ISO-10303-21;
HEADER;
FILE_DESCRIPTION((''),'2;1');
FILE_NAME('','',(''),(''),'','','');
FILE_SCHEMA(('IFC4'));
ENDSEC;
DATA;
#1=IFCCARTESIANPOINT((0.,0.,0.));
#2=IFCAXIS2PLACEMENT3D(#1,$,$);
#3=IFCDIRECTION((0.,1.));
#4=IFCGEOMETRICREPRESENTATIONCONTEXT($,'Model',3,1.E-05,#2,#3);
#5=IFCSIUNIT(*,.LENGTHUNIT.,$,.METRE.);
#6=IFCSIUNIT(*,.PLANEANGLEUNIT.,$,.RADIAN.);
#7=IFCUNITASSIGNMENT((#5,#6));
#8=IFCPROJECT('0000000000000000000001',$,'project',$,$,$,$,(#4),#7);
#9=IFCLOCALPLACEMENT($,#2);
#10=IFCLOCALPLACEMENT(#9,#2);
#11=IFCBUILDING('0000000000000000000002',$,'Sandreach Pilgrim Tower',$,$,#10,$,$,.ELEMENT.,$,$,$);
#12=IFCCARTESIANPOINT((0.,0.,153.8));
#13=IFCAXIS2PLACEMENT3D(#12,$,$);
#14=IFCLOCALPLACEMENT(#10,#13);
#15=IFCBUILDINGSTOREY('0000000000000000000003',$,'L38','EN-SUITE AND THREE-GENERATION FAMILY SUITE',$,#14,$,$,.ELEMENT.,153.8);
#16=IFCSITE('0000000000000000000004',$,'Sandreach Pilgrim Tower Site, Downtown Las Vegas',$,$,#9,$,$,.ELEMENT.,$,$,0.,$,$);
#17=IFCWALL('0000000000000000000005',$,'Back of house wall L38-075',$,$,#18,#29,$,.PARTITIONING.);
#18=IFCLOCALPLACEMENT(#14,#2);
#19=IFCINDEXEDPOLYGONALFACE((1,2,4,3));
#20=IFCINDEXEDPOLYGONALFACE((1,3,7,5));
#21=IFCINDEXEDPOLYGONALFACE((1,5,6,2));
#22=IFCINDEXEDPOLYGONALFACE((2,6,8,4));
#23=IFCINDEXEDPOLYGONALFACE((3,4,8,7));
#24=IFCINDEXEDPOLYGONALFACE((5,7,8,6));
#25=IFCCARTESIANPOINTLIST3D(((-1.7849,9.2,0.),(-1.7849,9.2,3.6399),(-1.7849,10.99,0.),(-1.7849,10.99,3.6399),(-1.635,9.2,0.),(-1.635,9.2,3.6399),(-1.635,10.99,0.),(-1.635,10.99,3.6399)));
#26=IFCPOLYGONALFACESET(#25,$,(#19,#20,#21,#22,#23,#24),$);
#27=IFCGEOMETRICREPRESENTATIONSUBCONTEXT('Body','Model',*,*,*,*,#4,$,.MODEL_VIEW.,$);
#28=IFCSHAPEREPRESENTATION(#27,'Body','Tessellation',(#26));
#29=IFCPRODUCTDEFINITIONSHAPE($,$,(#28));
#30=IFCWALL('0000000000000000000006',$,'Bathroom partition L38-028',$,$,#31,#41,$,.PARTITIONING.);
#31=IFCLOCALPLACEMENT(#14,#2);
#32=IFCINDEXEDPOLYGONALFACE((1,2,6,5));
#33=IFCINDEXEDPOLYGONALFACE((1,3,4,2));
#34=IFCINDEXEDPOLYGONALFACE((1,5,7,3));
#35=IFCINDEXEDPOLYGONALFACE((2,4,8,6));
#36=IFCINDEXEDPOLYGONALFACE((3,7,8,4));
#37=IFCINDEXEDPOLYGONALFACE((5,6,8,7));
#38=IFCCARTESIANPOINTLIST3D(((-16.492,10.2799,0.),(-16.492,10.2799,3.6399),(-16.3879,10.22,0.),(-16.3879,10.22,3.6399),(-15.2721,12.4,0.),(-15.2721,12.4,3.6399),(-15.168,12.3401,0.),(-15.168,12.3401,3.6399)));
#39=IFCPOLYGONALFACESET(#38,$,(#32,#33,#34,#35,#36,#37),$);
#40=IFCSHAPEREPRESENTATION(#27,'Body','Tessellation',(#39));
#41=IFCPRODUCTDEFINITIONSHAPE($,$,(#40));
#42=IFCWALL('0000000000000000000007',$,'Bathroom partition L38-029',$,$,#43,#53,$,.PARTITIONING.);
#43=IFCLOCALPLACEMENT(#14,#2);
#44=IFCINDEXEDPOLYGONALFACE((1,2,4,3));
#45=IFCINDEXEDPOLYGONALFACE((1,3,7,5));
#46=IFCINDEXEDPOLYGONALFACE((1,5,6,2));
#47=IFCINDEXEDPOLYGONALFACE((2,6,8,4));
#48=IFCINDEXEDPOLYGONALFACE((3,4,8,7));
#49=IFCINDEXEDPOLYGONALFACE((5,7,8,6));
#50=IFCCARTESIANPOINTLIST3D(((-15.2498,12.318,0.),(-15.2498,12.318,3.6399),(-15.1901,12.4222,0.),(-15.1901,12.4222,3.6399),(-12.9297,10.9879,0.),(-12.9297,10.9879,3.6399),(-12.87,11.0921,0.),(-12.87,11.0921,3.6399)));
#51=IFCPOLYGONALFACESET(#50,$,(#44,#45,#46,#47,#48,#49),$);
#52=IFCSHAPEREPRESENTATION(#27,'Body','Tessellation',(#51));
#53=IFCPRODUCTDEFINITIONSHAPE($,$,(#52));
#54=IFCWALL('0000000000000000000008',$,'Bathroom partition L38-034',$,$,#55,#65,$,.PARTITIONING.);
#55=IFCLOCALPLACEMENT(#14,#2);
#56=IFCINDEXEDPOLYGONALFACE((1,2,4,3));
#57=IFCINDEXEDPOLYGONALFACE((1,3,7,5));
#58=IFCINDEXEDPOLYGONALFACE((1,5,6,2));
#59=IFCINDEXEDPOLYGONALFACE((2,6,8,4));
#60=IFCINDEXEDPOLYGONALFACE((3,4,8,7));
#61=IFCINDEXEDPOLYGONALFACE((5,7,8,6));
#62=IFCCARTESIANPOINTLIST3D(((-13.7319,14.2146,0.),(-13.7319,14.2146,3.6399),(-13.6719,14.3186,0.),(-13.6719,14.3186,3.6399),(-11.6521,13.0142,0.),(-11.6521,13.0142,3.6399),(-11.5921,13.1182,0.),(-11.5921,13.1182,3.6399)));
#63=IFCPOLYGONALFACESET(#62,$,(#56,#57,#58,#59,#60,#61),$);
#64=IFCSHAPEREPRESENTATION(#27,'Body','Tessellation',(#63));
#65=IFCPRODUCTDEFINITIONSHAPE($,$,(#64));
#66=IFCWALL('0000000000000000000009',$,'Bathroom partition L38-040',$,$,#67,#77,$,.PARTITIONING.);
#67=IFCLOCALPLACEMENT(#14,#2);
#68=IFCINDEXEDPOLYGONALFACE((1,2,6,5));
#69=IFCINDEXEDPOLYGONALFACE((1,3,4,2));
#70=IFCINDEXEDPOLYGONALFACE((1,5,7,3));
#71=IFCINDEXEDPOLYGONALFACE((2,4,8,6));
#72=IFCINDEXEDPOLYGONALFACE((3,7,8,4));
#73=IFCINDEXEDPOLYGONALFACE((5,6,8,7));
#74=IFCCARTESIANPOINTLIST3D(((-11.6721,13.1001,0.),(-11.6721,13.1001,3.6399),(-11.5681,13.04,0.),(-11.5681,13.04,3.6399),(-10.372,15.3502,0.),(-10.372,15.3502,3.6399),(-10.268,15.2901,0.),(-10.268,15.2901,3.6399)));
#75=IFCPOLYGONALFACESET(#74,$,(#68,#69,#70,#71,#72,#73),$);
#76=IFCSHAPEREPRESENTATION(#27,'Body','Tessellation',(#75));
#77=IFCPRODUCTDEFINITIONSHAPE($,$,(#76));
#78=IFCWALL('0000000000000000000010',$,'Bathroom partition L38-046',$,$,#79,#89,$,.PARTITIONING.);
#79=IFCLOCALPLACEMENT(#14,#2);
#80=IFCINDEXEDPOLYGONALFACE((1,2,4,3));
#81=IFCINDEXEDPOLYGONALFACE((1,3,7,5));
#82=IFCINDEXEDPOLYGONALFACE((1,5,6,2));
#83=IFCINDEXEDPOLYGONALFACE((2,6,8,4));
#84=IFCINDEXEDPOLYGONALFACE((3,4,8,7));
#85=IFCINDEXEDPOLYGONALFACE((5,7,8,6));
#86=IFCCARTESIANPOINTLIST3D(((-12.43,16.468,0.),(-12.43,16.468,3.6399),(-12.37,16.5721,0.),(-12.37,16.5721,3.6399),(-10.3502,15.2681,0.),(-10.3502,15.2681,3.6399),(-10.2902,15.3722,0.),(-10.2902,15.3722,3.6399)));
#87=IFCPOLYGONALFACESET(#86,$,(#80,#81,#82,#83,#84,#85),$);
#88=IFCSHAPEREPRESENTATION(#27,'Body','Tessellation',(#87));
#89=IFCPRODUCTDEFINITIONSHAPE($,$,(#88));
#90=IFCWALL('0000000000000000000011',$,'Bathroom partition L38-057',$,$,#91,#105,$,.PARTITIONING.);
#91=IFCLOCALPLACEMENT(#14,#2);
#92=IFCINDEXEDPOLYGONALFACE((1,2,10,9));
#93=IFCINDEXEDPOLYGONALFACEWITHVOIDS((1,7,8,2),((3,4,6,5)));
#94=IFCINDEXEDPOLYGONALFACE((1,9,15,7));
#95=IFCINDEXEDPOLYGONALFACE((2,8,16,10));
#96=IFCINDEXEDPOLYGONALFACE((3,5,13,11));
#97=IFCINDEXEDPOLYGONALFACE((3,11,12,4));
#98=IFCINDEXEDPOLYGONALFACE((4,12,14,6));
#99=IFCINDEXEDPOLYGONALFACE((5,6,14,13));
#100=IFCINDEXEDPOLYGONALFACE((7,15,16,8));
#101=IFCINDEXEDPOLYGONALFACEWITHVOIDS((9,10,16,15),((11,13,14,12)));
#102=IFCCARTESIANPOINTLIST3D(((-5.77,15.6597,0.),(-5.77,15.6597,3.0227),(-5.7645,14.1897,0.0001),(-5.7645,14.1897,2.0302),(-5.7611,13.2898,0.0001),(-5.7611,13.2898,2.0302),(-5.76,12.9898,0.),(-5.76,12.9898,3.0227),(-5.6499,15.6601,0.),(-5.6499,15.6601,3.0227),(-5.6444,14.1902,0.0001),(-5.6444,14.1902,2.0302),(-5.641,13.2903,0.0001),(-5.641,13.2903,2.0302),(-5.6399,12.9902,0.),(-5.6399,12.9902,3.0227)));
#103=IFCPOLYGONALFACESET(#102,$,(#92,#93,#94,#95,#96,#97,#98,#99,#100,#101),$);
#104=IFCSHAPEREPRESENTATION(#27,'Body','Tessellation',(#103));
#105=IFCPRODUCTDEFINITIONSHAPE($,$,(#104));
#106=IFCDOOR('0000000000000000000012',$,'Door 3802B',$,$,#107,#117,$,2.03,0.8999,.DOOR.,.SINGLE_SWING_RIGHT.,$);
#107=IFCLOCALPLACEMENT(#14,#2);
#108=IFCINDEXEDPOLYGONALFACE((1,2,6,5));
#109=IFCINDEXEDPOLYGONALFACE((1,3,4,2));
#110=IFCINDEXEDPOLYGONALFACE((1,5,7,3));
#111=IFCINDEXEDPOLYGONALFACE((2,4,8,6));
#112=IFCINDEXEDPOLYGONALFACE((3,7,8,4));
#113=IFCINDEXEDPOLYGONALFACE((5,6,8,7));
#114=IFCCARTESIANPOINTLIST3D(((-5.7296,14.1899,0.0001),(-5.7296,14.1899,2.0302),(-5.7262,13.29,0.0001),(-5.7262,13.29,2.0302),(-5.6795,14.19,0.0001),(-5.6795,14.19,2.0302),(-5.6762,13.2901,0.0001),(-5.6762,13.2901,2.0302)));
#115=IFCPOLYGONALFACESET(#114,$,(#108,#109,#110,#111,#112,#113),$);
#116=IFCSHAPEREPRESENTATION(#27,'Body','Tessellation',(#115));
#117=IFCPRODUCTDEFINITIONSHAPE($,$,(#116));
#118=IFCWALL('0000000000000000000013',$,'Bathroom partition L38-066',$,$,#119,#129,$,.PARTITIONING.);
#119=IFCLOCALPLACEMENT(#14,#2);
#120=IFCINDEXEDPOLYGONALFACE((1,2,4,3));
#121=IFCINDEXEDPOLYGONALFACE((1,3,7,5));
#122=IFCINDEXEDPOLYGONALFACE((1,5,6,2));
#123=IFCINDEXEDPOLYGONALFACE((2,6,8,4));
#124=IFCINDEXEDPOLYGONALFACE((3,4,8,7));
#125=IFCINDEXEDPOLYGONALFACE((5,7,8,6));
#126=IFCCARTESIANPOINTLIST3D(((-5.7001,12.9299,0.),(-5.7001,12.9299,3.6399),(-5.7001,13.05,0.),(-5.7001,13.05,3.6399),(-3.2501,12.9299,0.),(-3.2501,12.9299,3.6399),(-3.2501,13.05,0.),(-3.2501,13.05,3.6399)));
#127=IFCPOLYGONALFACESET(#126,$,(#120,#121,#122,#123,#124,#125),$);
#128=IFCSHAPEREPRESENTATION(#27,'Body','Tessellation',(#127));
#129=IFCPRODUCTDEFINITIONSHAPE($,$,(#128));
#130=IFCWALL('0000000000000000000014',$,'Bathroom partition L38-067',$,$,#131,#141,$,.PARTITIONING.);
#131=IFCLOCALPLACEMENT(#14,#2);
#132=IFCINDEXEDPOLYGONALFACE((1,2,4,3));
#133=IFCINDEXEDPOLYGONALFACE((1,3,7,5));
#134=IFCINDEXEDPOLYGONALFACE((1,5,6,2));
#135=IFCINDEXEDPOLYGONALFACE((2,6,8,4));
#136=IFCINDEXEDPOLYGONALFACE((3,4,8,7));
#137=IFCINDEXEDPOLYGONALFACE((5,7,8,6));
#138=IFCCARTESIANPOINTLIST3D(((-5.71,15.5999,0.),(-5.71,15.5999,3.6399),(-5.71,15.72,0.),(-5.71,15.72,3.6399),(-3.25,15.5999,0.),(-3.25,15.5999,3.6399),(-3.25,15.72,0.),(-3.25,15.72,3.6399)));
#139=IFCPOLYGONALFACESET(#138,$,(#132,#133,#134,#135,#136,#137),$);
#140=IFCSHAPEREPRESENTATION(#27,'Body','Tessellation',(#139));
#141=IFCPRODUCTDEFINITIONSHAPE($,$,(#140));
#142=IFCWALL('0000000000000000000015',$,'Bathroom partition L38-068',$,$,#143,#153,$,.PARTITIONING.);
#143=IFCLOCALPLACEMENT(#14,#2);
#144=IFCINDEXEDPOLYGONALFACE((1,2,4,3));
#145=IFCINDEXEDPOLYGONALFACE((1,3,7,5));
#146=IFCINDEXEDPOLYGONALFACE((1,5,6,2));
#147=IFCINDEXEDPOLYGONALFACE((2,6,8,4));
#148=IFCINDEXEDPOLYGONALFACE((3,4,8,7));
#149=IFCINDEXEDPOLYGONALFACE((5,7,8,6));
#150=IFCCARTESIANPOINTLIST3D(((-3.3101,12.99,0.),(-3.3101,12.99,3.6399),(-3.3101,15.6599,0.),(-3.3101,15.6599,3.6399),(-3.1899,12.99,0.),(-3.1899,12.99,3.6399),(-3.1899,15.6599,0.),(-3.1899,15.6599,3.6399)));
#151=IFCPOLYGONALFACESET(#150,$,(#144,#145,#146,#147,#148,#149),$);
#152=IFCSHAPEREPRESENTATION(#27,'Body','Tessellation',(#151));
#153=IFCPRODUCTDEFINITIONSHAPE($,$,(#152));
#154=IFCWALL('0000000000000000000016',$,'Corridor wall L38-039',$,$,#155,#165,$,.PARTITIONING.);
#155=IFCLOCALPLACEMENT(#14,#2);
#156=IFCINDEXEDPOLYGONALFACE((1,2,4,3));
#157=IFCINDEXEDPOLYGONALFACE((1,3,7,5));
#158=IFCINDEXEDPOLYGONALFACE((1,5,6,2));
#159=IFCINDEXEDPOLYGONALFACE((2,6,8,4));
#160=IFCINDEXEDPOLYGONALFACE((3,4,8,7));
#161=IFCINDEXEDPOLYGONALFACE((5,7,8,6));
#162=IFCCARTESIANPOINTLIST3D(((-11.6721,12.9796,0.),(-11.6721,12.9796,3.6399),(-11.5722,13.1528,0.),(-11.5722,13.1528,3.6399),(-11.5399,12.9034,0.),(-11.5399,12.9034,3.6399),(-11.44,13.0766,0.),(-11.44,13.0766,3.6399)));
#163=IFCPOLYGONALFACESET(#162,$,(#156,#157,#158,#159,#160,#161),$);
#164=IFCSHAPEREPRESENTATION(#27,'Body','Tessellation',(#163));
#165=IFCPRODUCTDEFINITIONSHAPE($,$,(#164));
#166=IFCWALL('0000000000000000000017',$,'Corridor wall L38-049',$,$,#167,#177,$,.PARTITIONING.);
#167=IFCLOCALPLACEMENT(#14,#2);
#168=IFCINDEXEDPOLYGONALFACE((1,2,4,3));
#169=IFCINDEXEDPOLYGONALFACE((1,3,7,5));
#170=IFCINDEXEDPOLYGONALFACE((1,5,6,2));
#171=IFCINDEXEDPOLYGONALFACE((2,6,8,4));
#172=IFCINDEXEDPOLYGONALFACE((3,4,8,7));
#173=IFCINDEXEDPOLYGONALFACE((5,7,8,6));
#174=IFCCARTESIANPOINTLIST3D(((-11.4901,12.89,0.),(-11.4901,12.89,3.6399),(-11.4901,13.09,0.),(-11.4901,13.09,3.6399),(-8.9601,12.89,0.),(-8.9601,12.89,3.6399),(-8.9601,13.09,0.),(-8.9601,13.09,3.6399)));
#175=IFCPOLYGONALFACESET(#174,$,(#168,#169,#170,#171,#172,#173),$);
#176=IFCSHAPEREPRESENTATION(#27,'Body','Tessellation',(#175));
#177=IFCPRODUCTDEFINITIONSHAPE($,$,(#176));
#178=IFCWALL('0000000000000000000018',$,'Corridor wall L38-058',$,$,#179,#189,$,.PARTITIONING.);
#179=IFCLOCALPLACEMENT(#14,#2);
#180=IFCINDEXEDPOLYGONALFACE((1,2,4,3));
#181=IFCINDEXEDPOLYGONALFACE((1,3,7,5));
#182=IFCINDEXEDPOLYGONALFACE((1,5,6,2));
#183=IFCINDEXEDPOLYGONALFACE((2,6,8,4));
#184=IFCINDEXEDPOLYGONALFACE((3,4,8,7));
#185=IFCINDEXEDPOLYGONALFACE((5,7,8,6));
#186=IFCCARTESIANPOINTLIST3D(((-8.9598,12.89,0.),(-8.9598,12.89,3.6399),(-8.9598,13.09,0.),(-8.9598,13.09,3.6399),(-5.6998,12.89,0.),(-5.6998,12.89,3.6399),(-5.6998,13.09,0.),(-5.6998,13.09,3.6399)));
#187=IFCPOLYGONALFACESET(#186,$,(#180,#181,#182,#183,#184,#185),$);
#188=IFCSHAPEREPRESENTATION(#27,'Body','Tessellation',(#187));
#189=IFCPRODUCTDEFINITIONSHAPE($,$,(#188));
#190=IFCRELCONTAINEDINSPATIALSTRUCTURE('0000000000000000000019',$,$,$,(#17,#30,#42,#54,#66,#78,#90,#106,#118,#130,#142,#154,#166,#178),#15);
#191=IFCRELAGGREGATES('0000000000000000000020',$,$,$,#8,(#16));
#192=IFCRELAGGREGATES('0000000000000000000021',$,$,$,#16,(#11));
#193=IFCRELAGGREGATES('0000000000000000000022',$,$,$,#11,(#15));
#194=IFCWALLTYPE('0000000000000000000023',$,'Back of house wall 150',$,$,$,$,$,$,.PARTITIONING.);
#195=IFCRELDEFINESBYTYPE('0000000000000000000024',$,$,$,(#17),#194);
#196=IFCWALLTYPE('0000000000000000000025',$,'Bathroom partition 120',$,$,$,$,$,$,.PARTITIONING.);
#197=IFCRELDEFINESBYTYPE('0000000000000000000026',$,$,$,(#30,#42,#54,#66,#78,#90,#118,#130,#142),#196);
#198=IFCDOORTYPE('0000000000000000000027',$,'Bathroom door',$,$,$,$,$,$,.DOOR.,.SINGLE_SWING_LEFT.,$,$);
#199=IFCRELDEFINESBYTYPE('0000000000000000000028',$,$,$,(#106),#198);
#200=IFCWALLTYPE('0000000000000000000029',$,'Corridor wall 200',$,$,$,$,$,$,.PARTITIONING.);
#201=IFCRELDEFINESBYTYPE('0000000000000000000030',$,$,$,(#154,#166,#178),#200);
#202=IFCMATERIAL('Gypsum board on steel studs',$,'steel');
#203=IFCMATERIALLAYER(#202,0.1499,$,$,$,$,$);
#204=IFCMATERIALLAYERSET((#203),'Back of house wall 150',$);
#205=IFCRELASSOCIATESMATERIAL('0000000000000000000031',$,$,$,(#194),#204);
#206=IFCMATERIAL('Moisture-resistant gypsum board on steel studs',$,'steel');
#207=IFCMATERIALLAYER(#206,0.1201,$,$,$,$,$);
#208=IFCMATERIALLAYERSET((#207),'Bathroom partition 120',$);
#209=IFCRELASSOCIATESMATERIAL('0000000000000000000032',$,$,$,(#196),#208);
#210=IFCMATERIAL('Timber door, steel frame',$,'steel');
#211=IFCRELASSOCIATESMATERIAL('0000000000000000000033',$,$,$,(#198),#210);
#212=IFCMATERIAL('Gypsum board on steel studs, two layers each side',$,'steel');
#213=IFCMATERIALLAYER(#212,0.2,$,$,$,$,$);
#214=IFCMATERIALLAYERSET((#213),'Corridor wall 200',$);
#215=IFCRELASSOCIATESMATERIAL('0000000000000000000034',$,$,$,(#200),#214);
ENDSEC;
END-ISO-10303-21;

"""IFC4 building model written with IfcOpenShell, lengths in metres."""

from ifc_helpers import new_model, si_unit, direction, frame, frame_2d, origin, place, context, subcontext, project, spatial, rectangle, extrude, material, layer, layer_set, type_object, element, fill, save


model = new_model("IFC4")

# Units and contexts
model_context = context("Model", 3, precision=1e-05, world=origin(), true_north=direction((0.0, 1.0)))
body_context = subcontext(model_context, "Body", "Model", "MODEL_VIEW")
ifc_project = project(units=[si_unit("LENGTHUNIT", "METRE"), si_unit("PLANEANGLEUNIT", "RADIAN")], contexts=[model_context])

# Site, building, storey
site_placement = place(None, origin())
site = spatial("IfcSite", under=ifc_project, at=site_placement, Name="Sandreach Pilgrim Tower Site, Downtown Las Vegas", CompositionType="ELEMENT", RefElevation=0.0)
building_placement = place(site_placement, origin())
building = spatial("IfcBuilding", under=site, at=building_placement, Name="Sandreach Pilgrim Tower", CompositionType="ELEMENT")
storey_placement = place(building_placement, frame((0.0, 0.0, 153.8)))
storey = spatial("IfcBuildingStorey", under=building, at=storey_placement, Name="L38", Description="EN-SUITE AND THREE-GENERATION FAMILY SUITE", CompositionType="ELEMENT", Elevation=153.8)

# Walls
ifc_material_1 = material(Name="Gypsum board on steel studs", Category="steel")
ifc_layer_1 = layer(ifc_material_1, 0.1499)
ifc_layer_set_1 = layer_set([ifc_layer_1], Name="Back of house wall 150")
wall_type_1 = type_object("IfcWallType", Name="Back of house wall 150", PredefinedType="PARTITIONING", material=ifc_layer_set_1)
wall_1_placement = place(storey_placement, frame((-1.71, 10.99, 0.0), z_axis=(0.0, 0.0, 1.0), x_axis=(0.0, -1.0, 0.0)))
element("IfcWall", 1, at=wall_1_placement, inside=storey, type_object=wall_type_1, Name="Back of house wall L38-075", PredefinedType="PARTITIONING", context=body_context, shape_type="SweptSolid", body=[
    extrude(rectangle(XDim=1.79, YDim=0.1499, at=frame_2d((0.895, 0.0))), origin(), (0.0, 0.0, 1.0), 3.6399),
])
ifc_material_2 = material(Name="Moisture-resistant gypsum board on steel studs", Category="steel")
ifc_layer_2 = layer(ifc_material_2, 0.1201)
ifc_layer_set_2 = layer_set([ifc_layer_2], Name="Bathroom partition 120")
wall_type_2 = type_object("IfcWallType", Name="Bathroom partition 120", PredefinedType="PARTITIONING", material=ifc_layer_set_2)
wall_2_placement = place(storey_placement, frame((-15.22, 12.3701, 0.0), z_axis=(0.0, 0.0, 1.0), x_axis=(-0.498749, -0.866747, 0.0)))
element("IfcWall", 2, at=wall_2_placement, inside=storey, type_object=wall_type_2, Name="Bathroom partition L38-028", PredefinedType="PARTITIONING", context=body_context, shape_type="SweptSolid", body=[
    extrude(rectangle(XDim=2.446, YDim=0.1201, at=frame_2d((1.2231, 0.0))), origin(), (0.0, 0.0, 1.0), 3.6399),
])
wall_3_placement = place(storey_placement, frame((-15.22, 12.3701, 0.0), z_axis=(0.0, 0.0, 1.0), x_axis=(0.867546, -0.497358, 0.0)))
element("IfcWall", 3, at=wall_3_placement, inside=storey, type_object=wall_type_2, Name="Bathroom partition L38-029", PredefinedType="PARTITIONING", context=body_context, shape_type="SweptSolid", body=[
    extrude(rectangle(XDim=2.6743, YDim=0.1201, at=frame_2d((1.3372, 0.0))), origin(), (0.0, 0.0, 1.0), 3.6399),
])
wall_4_placement = place(storey_placement, frame((-13.7019, 14.2666, 0.0), z_axis=(0.0, 0.0, 1.0), x_axis=(0.866089, -0.49989, 0.0)))
element("IfcWall", 4, at=wall_4_placement, inside=storey, type_object=wall_type_2, Name="Bathroom partition L38-034", PredefinedType="PARTITIONING", context=body_context, shape_type="SweptSolid", body=[
    extrude(rectangle(XDim=2.4014, YDim=0.1201, at=frame_2d((1.2007, 0.0))), origin(), (0.0, 0.0, 1.0), 3.6399),
])
wall_5_placement = place(storey_placement, frame((-11.6201, 13.0701, 0.0), z_axis=(0.0, 0.0, 1.0), x_axis=(0.500292, 0.865857, 0.0)))
element("IfcWall", 5, at=wall_5_placement, inside=storey, type_object=wall_type_2, Name="Bathroom partition L38-040", PredefinedType="PARTITIONING", context=body_context, shape_type="SweptSolid", body=[
    extrude(rectangle(XDim=2.5986, YDim=0.1201, at=frame_2d((1.2993, 0.0))), origin(), (0.0, 0.0, 1.0), 3.6399),
])
wall_6_placement = place(storey_placement, frame((-10.3201, 15.3201, 0.0), z_axis=(0.0, 0.0, 1.0), x_axis=(-0.866177, 0.499737, 0.0)))
element("IfcWall", 6, at=wall_6_placement, inside=storey, type_object=wall_type_2, Name="Bathroom partition L38-046", PredefinedType="PARTITIONING", context=body_context, shape_type="SweptSolid", body=[
    extrude(rectangle(XDim=2.4011, YDim=0.1201, at=frame_2d((1.2007, 0.0))), origin(), (0.0, 0.0, 1.0), 3.6399),
])

# Wall, opening, door
wall_7_placement = place(storey_placement, frame((-5.71, 15.6599, 0.0), z_axis=(0.0, 0.0, 1.0), x_axis=(0.003749, -0.999993, 0.0)))
wall_7 = element("IfcWall", 7, at=wall_7_placement, inside=storey, type_object=wall_type_2, Name="Bathroom partition L38-057", PredefinedType="PARTITIONING", context=body_context, shape_type="SweptSolid", body=[
    extrude(rectangle(XDim=2.6699, YDim=0.1201, at=frame_2d((1.335, 0.0))), origin(), (0.0, 0.0, 1.0), 3.0227),
])
opening_1_placement = place(wall_7_placement, frame((1.47, 0.0, 0.0)))
opening_1 = element("IfcOpeningElement", 8, at=opening_1_placement, cuts=wall_7, PredefinedType="OPENING", context=body_context, shape_type="SweptSolid", body=[
    extrude(rectangle(XDim=0.8999, YDim=2.03, at=frame_2d((0.45, 1.0151))), frame((0.0, 0.0601, 0.0), z_axis=(0.0, -1.0, 0.0), x_axis=(1.0, 0.0, 0.0)), (0.0, 0.0, 1.0), 0.1201),
])
ifc_material_3 = material(Name="Timber door, steel frame", Category="steel")
door_type_1 = type_object("IfcDoorType", Name="Bathroom door", OperationType="SINGLE_SWING_LEFT", PredefinedType="DOOR", material=ifc_material_3)
door_1_placement = place(opening_1_placement, origin())
door_1 = element("IfcDoor", 9, at=door_1_placement, inside=storey, type_object=door_type_1, Name="Door 3802B", OperationType="SINGLE_SWING_RIGHT", OverallHeight=2.03, OverallWidth=0.8999, PredefinedType="DOOR", context=body_context, shape_type="SweptSolid", body=[
    extrude(rectangle(XDim=0.8999, YDim=2.03, at=frame_2d((0.45, 1.0151))), frame((0.0, 0.0249, 0.0), z_axis=(0.0, -1.0, 0.0), x_axis=(1.0, 0.0, 0.0)), (0.0, 0.0, 1.0), 0.05),
])
fill(opening_1, door_1)

# Walls
wall_8_placement = place(storey_placement, frame((-3.25, 12.99, 0.0), z_axis=(0.0, 0.0, 1.0), x_axis=(-1.0, 0.0, 0.0)))
element("IfcWall", 10, at=wall_8_placement, inside=storey, type_object=wall_type_2, Name="Bathroom partition L38-066", PredefinedType="PARTITIONING", context=body_context, shape_type="SweptSolid", body=[
    extrude(rectangle(XDim=2.45, YDim=0.1201, at=frame_2d((1.2251, 0.0))), origin(), (0.0, 0.0, 1.0), 3.6399),
])
wall_9_placement = place(storey_placement, frame((-3.25, 15.6599, 0.0), z_axis=(0.0, 0.0, 1.0), x_axis=(-1.0, 0.0, 0.0)))
element("IfcWall", 11, at=wall_9_placement, inside=storey, type_object=wall_type_2, Name="Bathroom partition L38-067", PredefinedType="PARTITIONING", context=body_context, shape_type="SweptSolid", body=[
    extrude(rectangle(XDim=2.46, YDim=0.1201, at=frame_2d((1.23, 0.0))), origin(), (0.0, 0.0, 1.0), 3.6399),
])
wall_10_placement = place(storey_placement, frame((-3.25, 15.6599, 0.0), z_axis=(0.0, 0.0, 1.0), x_axis=(0.0, -1.0, 0.0)))
element("IfcWall", 12, at=wall_10_placement, inside=storey, type_object=wall_type_2, Name="Bathroom partition L38-068", PredefinedType="PARTITIONING", context=body_context, shape_type="SweptSolid", body=[
    extrude(rectangle(XDim=2.6699, YDim=0.1201, at=frame_2d((1.335, 0.0))), origin(), (0.0, 0.0, 1.0), 3.6399),
])
ifc_material_4 = material(Name="Gypsum board on steel studs, two layers each side", Category="steel")
ifc_layer_3 = layer(ifc_material_4, 0.2)
ifc_layer_set_3 = layer_set([ifc_layer_3], Name="Corridor wall 200")
wall_type_3 = type_object("IfcWallType", Name="Corridor wall 200", PredefinedType="PARTITIONING", material=ifc_layer_set_3)
wall_11_placement = place(storey_placement, frame((-11.6221, 13.0662, 0.0), z_axis=(0.0, 0.0, 1.0), x_axis=(0.866266, -0.499584, 0.0)))
element("IfcWall", 13, at=wall_11_placement, inside=storey, type_object=wall_type_3, Name="Corridor wall L38-039", PredefinedType="PARTITIONING", context=body_context, shape_type="SweptSolid", body=[
    extrude(rectangle(XDim=0.1526, YDim=0.2, at=frame_2d((0.0762, 0.0))), origin(), (0.0, 0.0, 1.0), 3.6399),
])
wall_12_placement = place(storey_placement, frame((-8.96, 12.99, 0.0), z_axis=(0.0, 0.0, 1.0), x_axis=(-1.0, 0.0, 0.0)))
element("IfcWall", 14, at=wall_12_placement, inside=storey, type_object=wall_type_3, Name="Corridor wall L38-049", PredefinedType="PARTITIONING", context=body_context, shape_type="SweptSolid", body=[
    extrude(rectangle(XDim=2.53, YDim=0.2, at=frame_2d((1.2651, 0.0))), origin(), (0.0, 0.0, 1.0), 3.6399),
])

# Wall
wall_13_placement = place(storey_placement, frame((-5.7, 12.99, 0.0), z_axis=(0.0, 0.0, 1.0), x_axis=(-1.0, 0.0, 0.0)))
element("IfcWall", 15, at=wall_13_placement, inside=storey, type_object=wall_type_3, Name="Corridor wall L38-058", PredefinedType="PARTITIONING", context=body_context, shape_type="SweptSolid", body=[
    extrude(rectangle(XDim=3.26, YDim=0.2, at=frame_2d((1.6299, 0.0))), origin(), (0.0, 0.0, 1.0), 3.6399),
])

save(model, "model.ifc")
